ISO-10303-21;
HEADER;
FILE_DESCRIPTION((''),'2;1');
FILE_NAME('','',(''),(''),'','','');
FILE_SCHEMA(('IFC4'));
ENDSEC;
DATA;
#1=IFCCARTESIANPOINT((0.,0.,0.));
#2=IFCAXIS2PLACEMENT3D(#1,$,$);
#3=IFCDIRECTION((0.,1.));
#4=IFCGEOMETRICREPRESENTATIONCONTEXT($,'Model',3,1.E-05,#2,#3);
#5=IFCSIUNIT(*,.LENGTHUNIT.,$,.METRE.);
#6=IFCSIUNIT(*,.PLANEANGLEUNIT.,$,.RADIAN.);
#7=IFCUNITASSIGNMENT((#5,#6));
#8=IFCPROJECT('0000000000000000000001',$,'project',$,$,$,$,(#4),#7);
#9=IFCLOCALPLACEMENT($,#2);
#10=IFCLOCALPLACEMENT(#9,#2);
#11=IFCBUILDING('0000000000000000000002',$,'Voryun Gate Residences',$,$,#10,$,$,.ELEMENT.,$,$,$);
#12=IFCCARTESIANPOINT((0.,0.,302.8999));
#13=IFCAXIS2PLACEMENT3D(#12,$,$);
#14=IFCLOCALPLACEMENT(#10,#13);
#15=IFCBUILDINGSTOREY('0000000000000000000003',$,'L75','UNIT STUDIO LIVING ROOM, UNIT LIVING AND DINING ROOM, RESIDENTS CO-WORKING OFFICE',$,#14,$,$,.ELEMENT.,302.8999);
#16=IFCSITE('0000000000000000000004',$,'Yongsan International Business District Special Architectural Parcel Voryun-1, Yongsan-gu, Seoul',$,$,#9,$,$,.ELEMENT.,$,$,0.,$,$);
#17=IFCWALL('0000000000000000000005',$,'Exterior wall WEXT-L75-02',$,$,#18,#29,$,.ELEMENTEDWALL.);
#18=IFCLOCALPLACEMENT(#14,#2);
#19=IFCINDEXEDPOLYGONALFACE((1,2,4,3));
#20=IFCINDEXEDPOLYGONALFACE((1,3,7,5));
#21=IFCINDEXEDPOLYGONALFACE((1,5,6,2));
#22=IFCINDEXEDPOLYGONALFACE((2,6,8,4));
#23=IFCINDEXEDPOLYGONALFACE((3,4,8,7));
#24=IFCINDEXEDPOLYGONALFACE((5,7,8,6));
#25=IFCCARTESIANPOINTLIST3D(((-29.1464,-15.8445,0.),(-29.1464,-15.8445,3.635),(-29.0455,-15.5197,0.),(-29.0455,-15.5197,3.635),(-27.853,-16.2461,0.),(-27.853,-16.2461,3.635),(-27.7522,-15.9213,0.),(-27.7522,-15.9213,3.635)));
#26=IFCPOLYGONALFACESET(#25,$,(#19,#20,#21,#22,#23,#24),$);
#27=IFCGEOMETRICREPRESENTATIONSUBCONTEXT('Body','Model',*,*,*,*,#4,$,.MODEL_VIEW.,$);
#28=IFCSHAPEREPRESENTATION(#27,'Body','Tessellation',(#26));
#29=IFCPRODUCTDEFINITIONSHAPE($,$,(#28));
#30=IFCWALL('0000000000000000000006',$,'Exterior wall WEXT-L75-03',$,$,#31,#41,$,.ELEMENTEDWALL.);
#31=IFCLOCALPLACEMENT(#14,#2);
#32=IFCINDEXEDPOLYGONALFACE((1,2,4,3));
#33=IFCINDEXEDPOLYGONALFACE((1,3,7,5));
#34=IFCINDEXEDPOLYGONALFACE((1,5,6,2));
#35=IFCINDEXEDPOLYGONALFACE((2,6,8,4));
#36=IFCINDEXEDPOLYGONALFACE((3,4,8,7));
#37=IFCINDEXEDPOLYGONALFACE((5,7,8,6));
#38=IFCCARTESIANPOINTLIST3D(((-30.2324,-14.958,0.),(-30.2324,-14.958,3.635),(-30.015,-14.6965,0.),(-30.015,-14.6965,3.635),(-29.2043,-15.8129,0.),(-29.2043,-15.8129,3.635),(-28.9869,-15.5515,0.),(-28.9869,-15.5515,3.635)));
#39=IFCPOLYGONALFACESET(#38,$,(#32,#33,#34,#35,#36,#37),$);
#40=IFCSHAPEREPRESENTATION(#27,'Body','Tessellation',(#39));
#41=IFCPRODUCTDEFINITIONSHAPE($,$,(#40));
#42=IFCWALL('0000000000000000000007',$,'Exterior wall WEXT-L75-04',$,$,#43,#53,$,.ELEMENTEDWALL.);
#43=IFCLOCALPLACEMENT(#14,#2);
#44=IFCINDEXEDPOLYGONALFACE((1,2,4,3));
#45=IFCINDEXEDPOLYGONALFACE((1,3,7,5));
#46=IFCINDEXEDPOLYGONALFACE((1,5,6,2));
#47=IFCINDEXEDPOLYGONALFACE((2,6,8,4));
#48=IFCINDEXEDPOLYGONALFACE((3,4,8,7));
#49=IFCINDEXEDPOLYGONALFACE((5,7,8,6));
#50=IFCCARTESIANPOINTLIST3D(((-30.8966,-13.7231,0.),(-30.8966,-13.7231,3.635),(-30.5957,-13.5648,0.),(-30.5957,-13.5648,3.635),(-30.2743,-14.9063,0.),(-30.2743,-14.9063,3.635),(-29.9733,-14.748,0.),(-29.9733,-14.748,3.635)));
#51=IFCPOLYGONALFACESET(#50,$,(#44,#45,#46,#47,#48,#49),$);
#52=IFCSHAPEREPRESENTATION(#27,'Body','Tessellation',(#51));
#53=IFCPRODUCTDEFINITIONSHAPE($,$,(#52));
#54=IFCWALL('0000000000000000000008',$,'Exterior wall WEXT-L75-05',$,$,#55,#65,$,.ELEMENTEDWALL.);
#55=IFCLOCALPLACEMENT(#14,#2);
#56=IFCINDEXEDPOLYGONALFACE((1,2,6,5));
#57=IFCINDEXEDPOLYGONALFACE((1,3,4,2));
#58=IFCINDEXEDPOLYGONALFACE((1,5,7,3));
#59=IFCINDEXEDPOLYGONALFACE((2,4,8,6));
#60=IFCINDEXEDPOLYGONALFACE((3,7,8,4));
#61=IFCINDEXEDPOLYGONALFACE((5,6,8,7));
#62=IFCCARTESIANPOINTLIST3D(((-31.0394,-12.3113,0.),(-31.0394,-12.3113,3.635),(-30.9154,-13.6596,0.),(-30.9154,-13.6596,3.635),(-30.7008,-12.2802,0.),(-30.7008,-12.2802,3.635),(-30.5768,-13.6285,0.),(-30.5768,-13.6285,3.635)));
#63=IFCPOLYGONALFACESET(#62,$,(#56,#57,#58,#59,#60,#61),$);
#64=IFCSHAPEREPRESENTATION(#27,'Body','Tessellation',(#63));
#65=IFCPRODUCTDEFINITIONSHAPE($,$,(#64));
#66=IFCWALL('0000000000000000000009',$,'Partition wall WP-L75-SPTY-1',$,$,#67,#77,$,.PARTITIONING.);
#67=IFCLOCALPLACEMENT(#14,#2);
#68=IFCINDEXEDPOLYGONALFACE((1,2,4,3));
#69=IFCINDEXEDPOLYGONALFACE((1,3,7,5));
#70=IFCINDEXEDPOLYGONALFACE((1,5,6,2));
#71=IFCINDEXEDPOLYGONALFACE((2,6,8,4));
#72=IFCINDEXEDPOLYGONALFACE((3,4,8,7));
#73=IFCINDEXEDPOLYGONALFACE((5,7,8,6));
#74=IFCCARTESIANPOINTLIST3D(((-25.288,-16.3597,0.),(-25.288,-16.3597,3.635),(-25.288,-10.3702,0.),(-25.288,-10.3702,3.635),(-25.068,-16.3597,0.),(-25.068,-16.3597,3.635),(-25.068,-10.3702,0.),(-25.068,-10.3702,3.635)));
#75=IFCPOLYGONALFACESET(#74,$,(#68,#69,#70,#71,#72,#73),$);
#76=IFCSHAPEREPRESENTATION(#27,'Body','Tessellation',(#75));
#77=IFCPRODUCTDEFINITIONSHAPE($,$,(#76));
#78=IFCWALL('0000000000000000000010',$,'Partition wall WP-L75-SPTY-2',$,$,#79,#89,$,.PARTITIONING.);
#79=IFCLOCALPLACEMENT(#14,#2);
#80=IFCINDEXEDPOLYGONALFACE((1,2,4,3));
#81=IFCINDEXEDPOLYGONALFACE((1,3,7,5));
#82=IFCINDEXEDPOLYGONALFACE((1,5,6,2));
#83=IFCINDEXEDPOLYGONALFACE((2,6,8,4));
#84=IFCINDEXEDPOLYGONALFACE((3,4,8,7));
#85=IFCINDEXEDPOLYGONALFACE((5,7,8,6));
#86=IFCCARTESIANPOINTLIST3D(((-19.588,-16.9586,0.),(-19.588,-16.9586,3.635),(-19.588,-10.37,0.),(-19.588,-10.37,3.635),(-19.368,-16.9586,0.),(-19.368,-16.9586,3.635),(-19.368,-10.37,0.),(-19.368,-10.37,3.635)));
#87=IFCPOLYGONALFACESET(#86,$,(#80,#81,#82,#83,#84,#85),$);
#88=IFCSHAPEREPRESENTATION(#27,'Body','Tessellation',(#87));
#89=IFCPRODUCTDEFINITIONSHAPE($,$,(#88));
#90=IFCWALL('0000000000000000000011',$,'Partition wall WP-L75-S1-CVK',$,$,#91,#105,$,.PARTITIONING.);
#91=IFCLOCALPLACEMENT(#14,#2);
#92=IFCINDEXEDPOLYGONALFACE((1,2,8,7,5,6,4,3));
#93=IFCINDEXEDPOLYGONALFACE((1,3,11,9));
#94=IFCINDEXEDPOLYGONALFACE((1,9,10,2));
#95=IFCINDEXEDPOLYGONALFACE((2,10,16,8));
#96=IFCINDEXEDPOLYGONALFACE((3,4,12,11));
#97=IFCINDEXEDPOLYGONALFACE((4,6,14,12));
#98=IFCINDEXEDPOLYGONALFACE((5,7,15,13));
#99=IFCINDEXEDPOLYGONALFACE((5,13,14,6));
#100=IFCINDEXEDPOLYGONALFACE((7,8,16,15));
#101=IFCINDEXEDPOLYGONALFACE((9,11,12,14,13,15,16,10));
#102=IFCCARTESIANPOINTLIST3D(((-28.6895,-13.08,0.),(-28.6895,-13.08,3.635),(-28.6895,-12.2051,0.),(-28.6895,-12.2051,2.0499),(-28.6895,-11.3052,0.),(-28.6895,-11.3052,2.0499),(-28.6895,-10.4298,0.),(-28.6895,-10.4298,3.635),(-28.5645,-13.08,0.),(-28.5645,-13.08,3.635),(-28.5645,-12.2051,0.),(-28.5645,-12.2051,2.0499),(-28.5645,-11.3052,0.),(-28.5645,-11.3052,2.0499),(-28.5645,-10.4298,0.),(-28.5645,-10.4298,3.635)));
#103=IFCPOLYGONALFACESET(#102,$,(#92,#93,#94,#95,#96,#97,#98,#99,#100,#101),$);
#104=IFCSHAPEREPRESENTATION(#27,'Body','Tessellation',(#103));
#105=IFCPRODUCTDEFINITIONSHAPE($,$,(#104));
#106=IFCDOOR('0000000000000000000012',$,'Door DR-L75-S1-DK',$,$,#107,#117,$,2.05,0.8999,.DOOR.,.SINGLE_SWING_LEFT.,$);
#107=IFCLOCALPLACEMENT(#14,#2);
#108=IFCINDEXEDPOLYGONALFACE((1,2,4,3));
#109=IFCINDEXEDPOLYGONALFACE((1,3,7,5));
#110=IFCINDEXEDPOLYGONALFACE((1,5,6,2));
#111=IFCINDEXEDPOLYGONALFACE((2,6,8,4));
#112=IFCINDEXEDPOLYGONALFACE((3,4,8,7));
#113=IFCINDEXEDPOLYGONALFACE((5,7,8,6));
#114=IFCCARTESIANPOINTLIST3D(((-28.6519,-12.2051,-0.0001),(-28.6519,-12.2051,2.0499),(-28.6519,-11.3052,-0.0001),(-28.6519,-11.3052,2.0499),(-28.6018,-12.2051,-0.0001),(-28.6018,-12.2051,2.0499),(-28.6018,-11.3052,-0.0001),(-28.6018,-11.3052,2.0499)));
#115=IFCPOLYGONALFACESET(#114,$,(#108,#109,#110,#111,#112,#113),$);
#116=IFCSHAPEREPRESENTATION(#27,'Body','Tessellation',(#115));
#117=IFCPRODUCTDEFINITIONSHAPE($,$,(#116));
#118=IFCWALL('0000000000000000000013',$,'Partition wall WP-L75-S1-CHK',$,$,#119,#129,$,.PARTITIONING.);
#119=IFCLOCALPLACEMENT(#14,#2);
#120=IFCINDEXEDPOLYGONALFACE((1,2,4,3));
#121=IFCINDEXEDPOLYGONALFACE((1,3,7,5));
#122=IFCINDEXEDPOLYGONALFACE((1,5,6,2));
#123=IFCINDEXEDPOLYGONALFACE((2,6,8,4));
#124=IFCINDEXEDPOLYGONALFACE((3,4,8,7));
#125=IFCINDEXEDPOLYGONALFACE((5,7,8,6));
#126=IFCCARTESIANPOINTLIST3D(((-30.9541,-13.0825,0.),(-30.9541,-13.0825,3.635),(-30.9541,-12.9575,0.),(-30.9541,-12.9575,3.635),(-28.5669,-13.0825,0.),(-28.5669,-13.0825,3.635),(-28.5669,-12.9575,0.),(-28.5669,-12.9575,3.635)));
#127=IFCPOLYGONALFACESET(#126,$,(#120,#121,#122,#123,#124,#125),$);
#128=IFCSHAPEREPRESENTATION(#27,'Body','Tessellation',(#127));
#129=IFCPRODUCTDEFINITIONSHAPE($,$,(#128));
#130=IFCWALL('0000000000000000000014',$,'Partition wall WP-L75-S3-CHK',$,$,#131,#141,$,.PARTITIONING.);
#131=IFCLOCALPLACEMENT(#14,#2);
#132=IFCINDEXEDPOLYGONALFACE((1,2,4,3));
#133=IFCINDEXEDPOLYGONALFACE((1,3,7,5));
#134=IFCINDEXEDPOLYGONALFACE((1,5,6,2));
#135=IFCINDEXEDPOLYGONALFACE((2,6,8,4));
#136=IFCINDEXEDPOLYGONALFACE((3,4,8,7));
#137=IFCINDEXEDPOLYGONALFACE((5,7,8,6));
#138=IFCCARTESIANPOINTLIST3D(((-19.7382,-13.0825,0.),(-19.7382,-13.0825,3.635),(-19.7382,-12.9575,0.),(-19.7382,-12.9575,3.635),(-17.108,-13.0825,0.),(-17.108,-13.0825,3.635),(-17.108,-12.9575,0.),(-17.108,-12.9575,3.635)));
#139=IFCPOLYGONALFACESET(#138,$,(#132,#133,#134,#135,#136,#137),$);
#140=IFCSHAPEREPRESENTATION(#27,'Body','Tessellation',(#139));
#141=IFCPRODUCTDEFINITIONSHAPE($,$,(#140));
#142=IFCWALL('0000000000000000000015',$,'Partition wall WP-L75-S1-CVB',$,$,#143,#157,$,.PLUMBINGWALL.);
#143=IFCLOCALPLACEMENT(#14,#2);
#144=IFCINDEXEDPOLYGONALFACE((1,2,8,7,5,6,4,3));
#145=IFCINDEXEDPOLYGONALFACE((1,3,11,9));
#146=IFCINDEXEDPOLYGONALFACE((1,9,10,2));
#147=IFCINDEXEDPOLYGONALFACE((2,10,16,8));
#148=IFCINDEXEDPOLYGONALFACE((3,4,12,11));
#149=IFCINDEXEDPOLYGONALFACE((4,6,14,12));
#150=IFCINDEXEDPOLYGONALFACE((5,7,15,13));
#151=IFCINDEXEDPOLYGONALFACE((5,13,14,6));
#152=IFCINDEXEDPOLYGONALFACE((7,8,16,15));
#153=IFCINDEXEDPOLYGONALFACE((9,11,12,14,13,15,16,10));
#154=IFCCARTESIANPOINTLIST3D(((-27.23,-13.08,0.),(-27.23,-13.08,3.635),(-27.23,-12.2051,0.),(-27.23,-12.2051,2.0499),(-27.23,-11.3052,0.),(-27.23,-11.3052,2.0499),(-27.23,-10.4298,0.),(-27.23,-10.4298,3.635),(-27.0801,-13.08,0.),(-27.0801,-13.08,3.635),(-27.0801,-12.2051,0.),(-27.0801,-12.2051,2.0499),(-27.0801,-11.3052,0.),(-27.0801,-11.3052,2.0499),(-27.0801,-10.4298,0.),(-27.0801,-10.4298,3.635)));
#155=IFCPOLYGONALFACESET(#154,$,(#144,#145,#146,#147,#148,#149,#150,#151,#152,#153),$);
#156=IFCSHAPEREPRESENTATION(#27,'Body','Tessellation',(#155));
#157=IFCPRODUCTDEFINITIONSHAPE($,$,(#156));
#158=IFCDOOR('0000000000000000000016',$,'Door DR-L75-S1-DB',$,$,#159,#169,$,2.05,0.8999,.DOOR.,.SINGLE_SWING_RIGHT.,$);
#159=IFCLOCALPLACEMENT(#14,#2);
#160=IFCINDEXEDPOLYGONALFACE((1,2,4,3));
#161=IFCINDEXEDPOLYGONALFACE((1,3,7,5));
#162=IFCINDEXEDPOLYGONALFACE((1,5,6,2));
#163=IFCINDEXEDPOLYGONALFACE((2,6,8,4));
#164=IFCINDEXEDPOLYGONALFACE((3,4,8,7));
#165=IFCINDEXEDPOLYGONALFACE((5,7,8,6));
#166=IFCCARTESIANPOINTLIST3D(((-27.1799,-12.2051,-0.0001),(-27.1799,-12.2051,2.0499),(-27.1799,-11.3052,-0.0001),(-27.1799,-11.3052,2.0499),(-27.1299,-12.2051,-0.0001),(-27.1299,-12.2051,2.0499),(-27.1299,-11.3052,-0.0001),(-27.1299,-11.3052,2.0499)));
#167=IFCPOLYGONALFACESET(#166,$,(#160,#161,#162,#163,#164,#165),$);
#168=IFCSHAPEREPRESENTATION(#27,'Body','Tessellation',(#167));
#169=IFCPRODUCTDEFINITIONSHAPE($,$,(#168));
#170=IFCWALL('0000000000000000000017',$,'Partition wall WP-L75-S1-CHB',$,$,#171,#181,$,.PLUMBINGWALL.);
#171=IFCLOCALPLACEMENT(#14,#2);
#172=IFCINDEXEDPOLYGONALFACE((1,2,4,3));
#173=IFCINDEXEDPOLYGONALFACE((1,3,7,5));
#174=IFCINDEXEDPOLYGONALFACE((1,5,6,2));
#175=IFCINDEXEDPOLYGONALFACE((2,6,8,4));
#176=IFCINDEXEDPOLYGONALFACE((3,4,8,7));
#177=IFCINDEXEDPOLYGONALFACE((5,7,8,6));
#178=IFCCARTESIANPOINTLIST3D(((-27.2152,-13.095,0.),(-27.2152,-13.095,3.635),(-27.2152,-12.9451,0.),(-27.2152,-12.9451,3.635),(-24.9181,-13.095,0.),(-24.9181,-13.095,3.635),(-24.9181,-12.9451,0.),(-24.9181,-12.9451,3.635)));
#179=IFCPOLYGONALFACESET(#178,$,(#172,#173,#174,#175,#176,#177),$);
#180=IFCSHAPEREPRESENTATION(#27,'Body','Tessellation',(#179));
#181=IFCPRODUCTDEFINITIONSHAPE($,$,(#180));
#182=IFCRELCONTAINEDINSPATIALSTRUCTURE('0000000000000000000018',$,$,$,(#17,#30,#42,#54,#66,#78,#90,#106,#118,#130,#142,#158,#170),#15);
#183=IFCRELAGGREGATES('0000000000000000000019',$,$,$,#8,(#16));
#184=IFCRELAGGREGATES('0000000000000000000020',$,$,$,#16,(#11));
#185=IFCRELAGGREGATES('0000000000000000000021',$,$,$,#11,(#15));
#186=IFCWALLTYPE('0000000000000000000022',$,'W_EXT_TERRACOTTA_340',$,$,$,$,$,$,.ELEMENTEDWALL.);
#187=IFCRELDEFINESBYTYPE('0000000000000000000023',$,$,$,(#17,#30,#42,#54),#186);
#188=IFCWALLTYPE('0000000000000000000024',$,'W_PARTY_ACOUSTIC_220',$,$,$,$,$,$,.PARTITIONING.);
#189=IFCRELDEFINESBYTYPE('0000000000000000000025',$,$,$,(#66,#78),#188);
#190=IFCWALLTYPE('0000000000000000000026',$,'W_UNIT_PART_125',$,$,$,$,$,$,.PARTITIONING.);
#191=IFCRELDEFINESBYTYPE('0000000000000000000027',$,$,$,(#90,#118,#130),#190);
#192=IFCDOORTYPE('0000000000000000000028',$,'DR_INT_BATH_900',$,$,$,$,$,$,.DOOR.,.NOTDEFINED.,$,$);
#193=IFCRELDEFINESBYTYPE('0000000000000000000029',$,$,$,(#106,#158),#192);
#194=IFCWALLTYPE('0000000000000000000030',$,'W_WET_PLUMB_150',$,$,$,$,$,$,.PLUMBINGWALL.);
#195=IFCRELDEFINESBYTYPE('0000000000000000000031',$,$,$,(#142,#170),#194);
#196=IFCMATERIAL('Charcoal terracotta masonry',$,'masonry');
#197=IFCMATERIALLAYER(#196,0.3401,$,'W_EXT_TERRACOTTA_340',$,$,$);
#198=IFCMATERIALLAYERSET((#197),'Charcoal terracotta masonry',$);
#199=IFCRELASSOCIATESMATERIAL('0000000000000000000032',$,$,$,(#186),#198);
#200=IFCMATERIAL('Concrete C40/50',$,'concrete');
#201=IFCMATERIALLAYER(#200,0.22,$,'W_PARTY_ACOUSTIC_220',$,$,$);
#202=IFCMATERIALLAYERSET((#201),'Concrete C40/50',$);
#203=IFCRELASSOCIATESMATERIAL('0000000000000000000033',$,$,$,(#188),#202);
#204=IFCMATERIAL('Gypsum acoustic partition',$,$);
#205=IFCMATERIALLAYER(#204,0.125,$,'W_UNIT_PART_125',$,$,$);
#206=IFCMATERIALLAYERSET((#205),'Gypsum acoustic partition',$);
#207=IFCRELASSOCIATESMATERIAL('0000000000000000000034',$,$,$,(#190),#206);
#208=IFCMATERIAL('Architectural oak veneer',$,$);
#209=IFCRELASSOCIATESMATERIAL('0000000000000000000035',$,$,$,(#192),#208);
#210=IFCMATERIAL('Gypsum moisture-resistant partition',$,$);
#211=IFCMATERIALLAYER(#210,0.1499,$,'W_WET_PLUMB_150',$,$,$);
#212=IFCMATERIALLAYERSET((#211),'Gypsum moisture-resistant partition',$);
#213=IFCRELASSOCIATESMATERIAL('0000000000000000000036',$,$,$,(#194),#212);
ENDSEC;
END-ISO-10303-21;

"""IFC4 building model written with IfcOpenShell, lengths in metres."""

from ifc_helpers import new_model, si_unit, direction, frame, frame_2d, origin, place, context, subcontext, project, spatial, rectangle, extrude, material, layer, layer_set, type_object, element, fill, save


model = new_model("IFC4")

# Units and contexts
model_context = context("Model", 3, precision=1e-05, world=origin(), true_north=direction((0.0, 1.0)))
body_context = subcontext(model_context, "Body", "Model", "MODEL_VIEW")
ifc_project = project(units=[si_unit("LENGTHUNIT", "METRE"), si_unit("PLANEANGLEUNIT", "RADIAN")], contexts=[model_context])

# Site, building, storey
site_placement = place(None, origin())
site = spatial("IfcSite", under=ifc_project, at=site_placement, Name="Yongsan International Business District Special Architectural Parcel Voryun-1, Yongsan-gu, Seoul", CompositionType="ELEMENT", RefElevation=0.0)
building_placement = place(site_placement, origin())
building = spatial("IfcBuilding", under=site, at=building_placement, Name="Voryun Gate Residences", CompositionType="ELEMENT")
storey_placement = place(building_placement, frame((0.0, 0.0, 302.8999)))
storey = spatial("IfcBuildingStorey", under=building, at=storey_placement, Name="L75", Description="UNIT STUDIO LIVING ROOM, UNIT LIVING AND DINING ROOM, RESIDENTS CO-WORKING OFFICE", CompositionType="ELEMENT", Elevation=302.8999)

# Walls
ifc_material_1 = material(Name="Charcoal terracotta masonry", Category="masonry")
ifc_layer_1 = layer(ifc_material_1, 0.3401, Name="W_EXT_TERRACOTTA_340")
ifc_layer_set_1 = layer_set([ifc_layer_1], Name="Charcoal terracotta masonry")
wall_type_1 = type_object("IfcWallType", Name="W_EXT_TERRACOTTA_340", PredefinedType="ELEMENTEDWALL", material=ifc_layer_set_1)
wall_1_placement = place(storey_placement, frame((-27.8025, -16.0837, 0.0), z_axis=(0.0, 0.0, 1.0), x_axis=(-0.955008, 0.296581, 0.0)))
element("IfcWall", 1, at=wall_1_placement, inside=storey, type_object=wall_type_1, Name="Exterior wall WEXT-L75-02", PredefinedType="ELEMENTEDWALL", context=body_context, shape_type="SweptSolid", body=[
    extrude(rectangle(XDim=1.3542, YDim=0.3401, at=frame_2d((0.6772, 0.0))), origin(), (0.0, 0.0, 1.0), 3.635),
])
wall_2_placement = place(storey_placement, frame((-29.0957, -15.6821, 0.0), z_axis=(0.0, 0.0, 1.0), x_axis=(-0.768864, 0.639412, 0.0)))
element("IfcWall", 2, at=wall_2_placement, inside=storey, type_object=wall_type_1, Name="Exterior wall WEXT-L75-03", PredefinedType="ELEMENTEDWALL", context=body_context, shape_type="SweptSolid", body=[
    extrude(rectangle(XDim=1.3372, YDim=0.3401, at=frame_2d((0.6685, 0.0))), origin(), (0.0, 0.0, 1.0), 3.635),
])
wall_3_placement = place(storey_placement, frame((-30.1238, -14.8271, 0.0), z_axis=(0.0, 0.0, 1.0), x_axis=(-0.465528, 0.885033, 0.0)))
element("IfcWall", 3, at=wall_3_placement, inside=storey, type_object=wall_type_1, Name="Exterior wall WEXT-L75-04", PredefinedType="ELEMENTEDWALL", context=body_context, shape_type="SweptSolid", body=[
    extrude(rectangle(XDim=1.3369, YDim=0.3401, at=frame_2d((0.6685, 0.0))), origin(), (0.0, 0.0, 1.0), 3.635),
])
wall_4_placement = place(storey_placement, frame((-30.7461, -13.644, 0.0), z_axis=(0.0, 0.0, 1.0), x_axis=(-0.091592, 0.995797, 0.0)))
element("IfcWall", 4, at=wall_4_placement, inside=storey, type_object=wall_type_1, Name="Exterior wall WEXT-L75-05", PredefinedType="ELEMENTEDWALL", context=body_context, shape_type="SweptSolid", body=[
    extrude(rectangle(XDim=1.354, YDim=0.3401, at=frame_2d((0.677, 0.0))), origin(), (0.0, 0.0, 1.0), 3.635),
])
ifc_material_2 = material(Name="Concrete C40/50", Category="concrete")
ifc_layer_2 = layer(ifc_material_2, 0.22, Name="W_PARTY_ACOUSTIC_220")
ifc_layer_set_2 = layer_set([ifc_layer_2], Name="Concrete C40/50")
wall_type_2 = type_object("IfcWallType", Name="W_PARTY_ACOUSTIC_220", PredefinedType="PARTITIONING", material=ifc_layer_set_2)
wall_5_placement = place(storey_placement, frame((-25.178, -16.3596, 0.0), z_axis=(0.0, 0.0, 1.0), x_axis=(0.0, 1.0, 0.0)))
element("IfcWall", 5, at=wall_5_placement, inside=storey, type_object=wall_type_2, Name="Partition wall WP-L75-SPTY-1", PredefinedType="PARTITIONING", context=body_context, shape_type="SweptSolid", body=[
    extrude(rectangle(XDim=5.9895, YDim=0.22, at=frame_2d((2.9946, 0.0))), origin(), (0.0, 0.0, 1.0), 3.635),
])
wall_6_placement = place(storey_placement, frame((-19.478, -16.9587, 0.0), z_axis=(0.0, 0.0, 1.0), x_axis=(0.0, 1.0, 0.0)))
element("IfcWall", 6, at=wall_6_placement, inside=storey, type_object=wall_type_2, Name="Partition wall WP-L75-SPTY-2", PredefinedType="PARTITIONING", context=body_context, shape_type="SweptSolid", body=[
    extrude(rectangle(XDim=6.5886, YDim=0.22, at=frame_2d((3.2944, 0.0))), origin(), (0.0, 0.0, 1.0), 3.635),
])

# Wall, opening, door
ifc_material_3 = material(Name="Gypsum acoustic partition")
ifc_layer_3 = layer(ifc_material_3, 0.125, Name="W_UNIT_PART_125")
ifc_layer_set_3 = layer_set([ifc_layer_3], Name="Gypsum acoustic partition")
wall_type_3 = type_object("IfcWallType", Name="W_UNIT_PART_125", PredefinedType="PARTITIONING", material=ifc_layer_set_3)
wall_7_placement = place(storey_placement, frame((-28.627, -13.0801, 0.0), z_axis=(0.0, 0.0, 1.0), x_axis=(0.0, 1.0, 0.0)))
wall_7 = element("IfcWall", 7, at=wall_7_placement, inside=storey, type_object=wall_type_3, Name="Partition wall WP-L75-S1-CVK", PredefinedType="PARTITIONING", context=body_context, shape_type="SweptSolid", body=[
    extrude(rectangle(XDim=2.6501, YDim=0.125, at=frame_2d((1.3252, 0.0))), origin(), (0.0, 0.0, 1.0), 3.635),
])
opening_1_placement = place(wall_7_placement, frame((0.875, 0.0, 0.0)))
opening_1 = element("IfcOpeningElement", 8, at=opening_1_placement, cuts=wall_7, PredefinedType="OPENING", context=body_context, shape_type="SweptSolid", body=[
    extrude(rectangle(XDim=0.8999, YDim=2.05, at=frame_2d((0.45, 1.0249))), frame((0.0, 0.0725, 0.0), z_axis=(0.0, -1.0, 0.0), x_axis=(1.0, 0.0, 0.0)), (0.0, 0.0, 1.0), 0.145),
])
ifc_material_4 = material(Name="Architectural oak veneer")
door_type = type_object("IfcDoorType", Name="DR_INT_BATH_900", OperationType="NOTDEFINED", PredefinedType="DOOR", material=ifc_material_4)
door_1_placement = place(opening_1_placement, origin())
door_1 = element("IfcDoor", 9, at=door_1_placement, inside=storey, type_object=door_type, Name="Door DR-L75-S1-DK", OperationType="SINGLE_SWING_LEFT", OverallHeight=2.05, OverallWidth=0.8999, PredefinedType="DOOR", context=body_context, shape_type="SweptSolid", body=[
    extrude(rectangle(XDim=0.8999, YDim=2.05, at=frame_2d((0.45, 1.0249))), frame((0.0, 0.0249, 0.0), z_axis=(0.0, -1.0, 0.0), x_axis=(1.0, 0.0, 0.0)), (0.0, 0.0, 1.0), 0.05),
])
fill(opening_1, door_1)

# Walls
wall_8_placement = place(storey_placement, frame((-30.9541, -13.02, 0.0), z_axis=(0.0, 0.0, 1.0), x_axis=(1.0, 0.0, 0.0)))
element("IfcWall", 10, at=wall_8_placement, inside=storey, type_object=wall_type_3, Name="Partition wall WP-L75-S1-CHK", PredefinedType="PARTITIONING", context=body_context, shape_type="SweptSolid", body=[
    extrude(rectangle(XDim=2.3872, YDim=0.125, at=frame_2d((1.1936, 0.0))), origin(), (0.0, 0.0, 1.0), 3.635),
])
wall_9_placement = place(storey_placement, frame((-19.738, -13.02, 0.0), z_axis=(0.0, 0.0, 1.0), x_axis=(1.0, 0.0, 0.0)))
element("IfcWall", 11, at=wall_9_placement, inside=storey, type_object=wall_type_3, Name="Partition wall WP-L75-S3-CHK", PredefinedType="PARTITIONING", context=body_context, shape_type="SweptSolid", body=[
    extrude(rectangle(XDim=2.6301, YDim=0.125, at=frame_2d((1.3149, 0.0))), origin(), (0.0, 0.0, 1.0), 3.635),
])

# Wall, opening, door
ifc_material_5 = material(Name="Gypsum moisture-resistant partition")
ifc_layer_4 = layer(ifc_material_5, 0.1499, Name="W_WET_PLUMB_150")
ifc_layer_set_4 = layer_set([ifc_layer_4], Name="Gypsum moisture-resistant partition")
wall_type_4 = type_object("IfcWallType", Name="W_WET_PLUMB_150", PredefinedType="PLUMBINGWALL", material=ifc_layer_set_4)
wall_10_placement = place(storey_placement, frame((-27.155, -13.0801, 0.0), z_axis=(0.0, 0.0, 1.0), x_axis=(0.0, 1.0, 0.0)))
wall_10 = element("IfcWall", 12, at=wall_10_placement, inside=storey, type_object=wall_type_4, Name="Partition wall WP-L75-S1-CVB", PredefinedType="PLUMBINGWALL", context=body_context, shape_type="SweptSolid", body=[
    extrude(rectangle(XDim=2.6501, YDim=0.1499, at=frame_2d((1.3252, 0.0))), origin(), (0.0, 0.0, 1.0), 3.635),
])
opening_2_placement = place(wall_10_placement, frame((0.875, 0.0, 0.0)))
opening_2 = element("IfcOpeningElement", 13, at=opening_2_placement, cuts=wall_10, PredefinedType="OPENING", context=body_context, shape_type="SweptSolid", body=[
    extrude(rectangle(XDim=0.8999, YDim=2.05, at=frame_2d((0.45, 1.0249))), frame((0.0, 0.085, 0.0), z_axis=(0.0, -1.0, 0.0), x_axis=(1.0, 0.0, 0.0)), (0.0, 0.0, 1.0), 0.1699),
])
door_2_placement = place(opening_2_placement, origin())
door_2 = element("IfcDoor", 14, at=door_2_placement, inside=storey, type_object=door_type, Name="Door DR-L75-S1-DB", OperationType="SINGLE_SWING_RIGHT", OverallHeight=2.05, OverallWidth=0.8999, PredefinedType="DOOR", context=body_context, shape_type="SweptSolid", body=[
    extrude(rectangle(XDim=0.8999, YDim=2.05, at=frame_2d((0.45, 1.0249))), frame((0.0, 0.0249, 0.0), z_axis=(0.0, -1.0, 0.0), x_axis=(1.0, 0.0, 0.0)), (0.0, 0.0, 1.0), 0.05),
])
fill(opening_2, door_2)

# Wall
wall_11_placement = place(storey_placement, frame((-27.2151, -13.02, 0.0), z_axis=(0.0, 0.0, 1.0), x_axis=(1.0, 0.0, 0.0)))
element("IfcWall", 15, at=wall_11_placement, inside=storey, type_object=wall_type_4, Name="Partition wall WP-L75-S1-CHB", PredefinedType="PLUMBINGWALL", context=body_context, shape_type="SweptSolid", body=[
    extrude(rectangle(XDim=2.2971, YDim=0.1499, at=frame_2d((1.1484, 0.0))), origin(), (0.0, 0.0, 1.0), 3.635),
])

save(model, "model.ifc")
